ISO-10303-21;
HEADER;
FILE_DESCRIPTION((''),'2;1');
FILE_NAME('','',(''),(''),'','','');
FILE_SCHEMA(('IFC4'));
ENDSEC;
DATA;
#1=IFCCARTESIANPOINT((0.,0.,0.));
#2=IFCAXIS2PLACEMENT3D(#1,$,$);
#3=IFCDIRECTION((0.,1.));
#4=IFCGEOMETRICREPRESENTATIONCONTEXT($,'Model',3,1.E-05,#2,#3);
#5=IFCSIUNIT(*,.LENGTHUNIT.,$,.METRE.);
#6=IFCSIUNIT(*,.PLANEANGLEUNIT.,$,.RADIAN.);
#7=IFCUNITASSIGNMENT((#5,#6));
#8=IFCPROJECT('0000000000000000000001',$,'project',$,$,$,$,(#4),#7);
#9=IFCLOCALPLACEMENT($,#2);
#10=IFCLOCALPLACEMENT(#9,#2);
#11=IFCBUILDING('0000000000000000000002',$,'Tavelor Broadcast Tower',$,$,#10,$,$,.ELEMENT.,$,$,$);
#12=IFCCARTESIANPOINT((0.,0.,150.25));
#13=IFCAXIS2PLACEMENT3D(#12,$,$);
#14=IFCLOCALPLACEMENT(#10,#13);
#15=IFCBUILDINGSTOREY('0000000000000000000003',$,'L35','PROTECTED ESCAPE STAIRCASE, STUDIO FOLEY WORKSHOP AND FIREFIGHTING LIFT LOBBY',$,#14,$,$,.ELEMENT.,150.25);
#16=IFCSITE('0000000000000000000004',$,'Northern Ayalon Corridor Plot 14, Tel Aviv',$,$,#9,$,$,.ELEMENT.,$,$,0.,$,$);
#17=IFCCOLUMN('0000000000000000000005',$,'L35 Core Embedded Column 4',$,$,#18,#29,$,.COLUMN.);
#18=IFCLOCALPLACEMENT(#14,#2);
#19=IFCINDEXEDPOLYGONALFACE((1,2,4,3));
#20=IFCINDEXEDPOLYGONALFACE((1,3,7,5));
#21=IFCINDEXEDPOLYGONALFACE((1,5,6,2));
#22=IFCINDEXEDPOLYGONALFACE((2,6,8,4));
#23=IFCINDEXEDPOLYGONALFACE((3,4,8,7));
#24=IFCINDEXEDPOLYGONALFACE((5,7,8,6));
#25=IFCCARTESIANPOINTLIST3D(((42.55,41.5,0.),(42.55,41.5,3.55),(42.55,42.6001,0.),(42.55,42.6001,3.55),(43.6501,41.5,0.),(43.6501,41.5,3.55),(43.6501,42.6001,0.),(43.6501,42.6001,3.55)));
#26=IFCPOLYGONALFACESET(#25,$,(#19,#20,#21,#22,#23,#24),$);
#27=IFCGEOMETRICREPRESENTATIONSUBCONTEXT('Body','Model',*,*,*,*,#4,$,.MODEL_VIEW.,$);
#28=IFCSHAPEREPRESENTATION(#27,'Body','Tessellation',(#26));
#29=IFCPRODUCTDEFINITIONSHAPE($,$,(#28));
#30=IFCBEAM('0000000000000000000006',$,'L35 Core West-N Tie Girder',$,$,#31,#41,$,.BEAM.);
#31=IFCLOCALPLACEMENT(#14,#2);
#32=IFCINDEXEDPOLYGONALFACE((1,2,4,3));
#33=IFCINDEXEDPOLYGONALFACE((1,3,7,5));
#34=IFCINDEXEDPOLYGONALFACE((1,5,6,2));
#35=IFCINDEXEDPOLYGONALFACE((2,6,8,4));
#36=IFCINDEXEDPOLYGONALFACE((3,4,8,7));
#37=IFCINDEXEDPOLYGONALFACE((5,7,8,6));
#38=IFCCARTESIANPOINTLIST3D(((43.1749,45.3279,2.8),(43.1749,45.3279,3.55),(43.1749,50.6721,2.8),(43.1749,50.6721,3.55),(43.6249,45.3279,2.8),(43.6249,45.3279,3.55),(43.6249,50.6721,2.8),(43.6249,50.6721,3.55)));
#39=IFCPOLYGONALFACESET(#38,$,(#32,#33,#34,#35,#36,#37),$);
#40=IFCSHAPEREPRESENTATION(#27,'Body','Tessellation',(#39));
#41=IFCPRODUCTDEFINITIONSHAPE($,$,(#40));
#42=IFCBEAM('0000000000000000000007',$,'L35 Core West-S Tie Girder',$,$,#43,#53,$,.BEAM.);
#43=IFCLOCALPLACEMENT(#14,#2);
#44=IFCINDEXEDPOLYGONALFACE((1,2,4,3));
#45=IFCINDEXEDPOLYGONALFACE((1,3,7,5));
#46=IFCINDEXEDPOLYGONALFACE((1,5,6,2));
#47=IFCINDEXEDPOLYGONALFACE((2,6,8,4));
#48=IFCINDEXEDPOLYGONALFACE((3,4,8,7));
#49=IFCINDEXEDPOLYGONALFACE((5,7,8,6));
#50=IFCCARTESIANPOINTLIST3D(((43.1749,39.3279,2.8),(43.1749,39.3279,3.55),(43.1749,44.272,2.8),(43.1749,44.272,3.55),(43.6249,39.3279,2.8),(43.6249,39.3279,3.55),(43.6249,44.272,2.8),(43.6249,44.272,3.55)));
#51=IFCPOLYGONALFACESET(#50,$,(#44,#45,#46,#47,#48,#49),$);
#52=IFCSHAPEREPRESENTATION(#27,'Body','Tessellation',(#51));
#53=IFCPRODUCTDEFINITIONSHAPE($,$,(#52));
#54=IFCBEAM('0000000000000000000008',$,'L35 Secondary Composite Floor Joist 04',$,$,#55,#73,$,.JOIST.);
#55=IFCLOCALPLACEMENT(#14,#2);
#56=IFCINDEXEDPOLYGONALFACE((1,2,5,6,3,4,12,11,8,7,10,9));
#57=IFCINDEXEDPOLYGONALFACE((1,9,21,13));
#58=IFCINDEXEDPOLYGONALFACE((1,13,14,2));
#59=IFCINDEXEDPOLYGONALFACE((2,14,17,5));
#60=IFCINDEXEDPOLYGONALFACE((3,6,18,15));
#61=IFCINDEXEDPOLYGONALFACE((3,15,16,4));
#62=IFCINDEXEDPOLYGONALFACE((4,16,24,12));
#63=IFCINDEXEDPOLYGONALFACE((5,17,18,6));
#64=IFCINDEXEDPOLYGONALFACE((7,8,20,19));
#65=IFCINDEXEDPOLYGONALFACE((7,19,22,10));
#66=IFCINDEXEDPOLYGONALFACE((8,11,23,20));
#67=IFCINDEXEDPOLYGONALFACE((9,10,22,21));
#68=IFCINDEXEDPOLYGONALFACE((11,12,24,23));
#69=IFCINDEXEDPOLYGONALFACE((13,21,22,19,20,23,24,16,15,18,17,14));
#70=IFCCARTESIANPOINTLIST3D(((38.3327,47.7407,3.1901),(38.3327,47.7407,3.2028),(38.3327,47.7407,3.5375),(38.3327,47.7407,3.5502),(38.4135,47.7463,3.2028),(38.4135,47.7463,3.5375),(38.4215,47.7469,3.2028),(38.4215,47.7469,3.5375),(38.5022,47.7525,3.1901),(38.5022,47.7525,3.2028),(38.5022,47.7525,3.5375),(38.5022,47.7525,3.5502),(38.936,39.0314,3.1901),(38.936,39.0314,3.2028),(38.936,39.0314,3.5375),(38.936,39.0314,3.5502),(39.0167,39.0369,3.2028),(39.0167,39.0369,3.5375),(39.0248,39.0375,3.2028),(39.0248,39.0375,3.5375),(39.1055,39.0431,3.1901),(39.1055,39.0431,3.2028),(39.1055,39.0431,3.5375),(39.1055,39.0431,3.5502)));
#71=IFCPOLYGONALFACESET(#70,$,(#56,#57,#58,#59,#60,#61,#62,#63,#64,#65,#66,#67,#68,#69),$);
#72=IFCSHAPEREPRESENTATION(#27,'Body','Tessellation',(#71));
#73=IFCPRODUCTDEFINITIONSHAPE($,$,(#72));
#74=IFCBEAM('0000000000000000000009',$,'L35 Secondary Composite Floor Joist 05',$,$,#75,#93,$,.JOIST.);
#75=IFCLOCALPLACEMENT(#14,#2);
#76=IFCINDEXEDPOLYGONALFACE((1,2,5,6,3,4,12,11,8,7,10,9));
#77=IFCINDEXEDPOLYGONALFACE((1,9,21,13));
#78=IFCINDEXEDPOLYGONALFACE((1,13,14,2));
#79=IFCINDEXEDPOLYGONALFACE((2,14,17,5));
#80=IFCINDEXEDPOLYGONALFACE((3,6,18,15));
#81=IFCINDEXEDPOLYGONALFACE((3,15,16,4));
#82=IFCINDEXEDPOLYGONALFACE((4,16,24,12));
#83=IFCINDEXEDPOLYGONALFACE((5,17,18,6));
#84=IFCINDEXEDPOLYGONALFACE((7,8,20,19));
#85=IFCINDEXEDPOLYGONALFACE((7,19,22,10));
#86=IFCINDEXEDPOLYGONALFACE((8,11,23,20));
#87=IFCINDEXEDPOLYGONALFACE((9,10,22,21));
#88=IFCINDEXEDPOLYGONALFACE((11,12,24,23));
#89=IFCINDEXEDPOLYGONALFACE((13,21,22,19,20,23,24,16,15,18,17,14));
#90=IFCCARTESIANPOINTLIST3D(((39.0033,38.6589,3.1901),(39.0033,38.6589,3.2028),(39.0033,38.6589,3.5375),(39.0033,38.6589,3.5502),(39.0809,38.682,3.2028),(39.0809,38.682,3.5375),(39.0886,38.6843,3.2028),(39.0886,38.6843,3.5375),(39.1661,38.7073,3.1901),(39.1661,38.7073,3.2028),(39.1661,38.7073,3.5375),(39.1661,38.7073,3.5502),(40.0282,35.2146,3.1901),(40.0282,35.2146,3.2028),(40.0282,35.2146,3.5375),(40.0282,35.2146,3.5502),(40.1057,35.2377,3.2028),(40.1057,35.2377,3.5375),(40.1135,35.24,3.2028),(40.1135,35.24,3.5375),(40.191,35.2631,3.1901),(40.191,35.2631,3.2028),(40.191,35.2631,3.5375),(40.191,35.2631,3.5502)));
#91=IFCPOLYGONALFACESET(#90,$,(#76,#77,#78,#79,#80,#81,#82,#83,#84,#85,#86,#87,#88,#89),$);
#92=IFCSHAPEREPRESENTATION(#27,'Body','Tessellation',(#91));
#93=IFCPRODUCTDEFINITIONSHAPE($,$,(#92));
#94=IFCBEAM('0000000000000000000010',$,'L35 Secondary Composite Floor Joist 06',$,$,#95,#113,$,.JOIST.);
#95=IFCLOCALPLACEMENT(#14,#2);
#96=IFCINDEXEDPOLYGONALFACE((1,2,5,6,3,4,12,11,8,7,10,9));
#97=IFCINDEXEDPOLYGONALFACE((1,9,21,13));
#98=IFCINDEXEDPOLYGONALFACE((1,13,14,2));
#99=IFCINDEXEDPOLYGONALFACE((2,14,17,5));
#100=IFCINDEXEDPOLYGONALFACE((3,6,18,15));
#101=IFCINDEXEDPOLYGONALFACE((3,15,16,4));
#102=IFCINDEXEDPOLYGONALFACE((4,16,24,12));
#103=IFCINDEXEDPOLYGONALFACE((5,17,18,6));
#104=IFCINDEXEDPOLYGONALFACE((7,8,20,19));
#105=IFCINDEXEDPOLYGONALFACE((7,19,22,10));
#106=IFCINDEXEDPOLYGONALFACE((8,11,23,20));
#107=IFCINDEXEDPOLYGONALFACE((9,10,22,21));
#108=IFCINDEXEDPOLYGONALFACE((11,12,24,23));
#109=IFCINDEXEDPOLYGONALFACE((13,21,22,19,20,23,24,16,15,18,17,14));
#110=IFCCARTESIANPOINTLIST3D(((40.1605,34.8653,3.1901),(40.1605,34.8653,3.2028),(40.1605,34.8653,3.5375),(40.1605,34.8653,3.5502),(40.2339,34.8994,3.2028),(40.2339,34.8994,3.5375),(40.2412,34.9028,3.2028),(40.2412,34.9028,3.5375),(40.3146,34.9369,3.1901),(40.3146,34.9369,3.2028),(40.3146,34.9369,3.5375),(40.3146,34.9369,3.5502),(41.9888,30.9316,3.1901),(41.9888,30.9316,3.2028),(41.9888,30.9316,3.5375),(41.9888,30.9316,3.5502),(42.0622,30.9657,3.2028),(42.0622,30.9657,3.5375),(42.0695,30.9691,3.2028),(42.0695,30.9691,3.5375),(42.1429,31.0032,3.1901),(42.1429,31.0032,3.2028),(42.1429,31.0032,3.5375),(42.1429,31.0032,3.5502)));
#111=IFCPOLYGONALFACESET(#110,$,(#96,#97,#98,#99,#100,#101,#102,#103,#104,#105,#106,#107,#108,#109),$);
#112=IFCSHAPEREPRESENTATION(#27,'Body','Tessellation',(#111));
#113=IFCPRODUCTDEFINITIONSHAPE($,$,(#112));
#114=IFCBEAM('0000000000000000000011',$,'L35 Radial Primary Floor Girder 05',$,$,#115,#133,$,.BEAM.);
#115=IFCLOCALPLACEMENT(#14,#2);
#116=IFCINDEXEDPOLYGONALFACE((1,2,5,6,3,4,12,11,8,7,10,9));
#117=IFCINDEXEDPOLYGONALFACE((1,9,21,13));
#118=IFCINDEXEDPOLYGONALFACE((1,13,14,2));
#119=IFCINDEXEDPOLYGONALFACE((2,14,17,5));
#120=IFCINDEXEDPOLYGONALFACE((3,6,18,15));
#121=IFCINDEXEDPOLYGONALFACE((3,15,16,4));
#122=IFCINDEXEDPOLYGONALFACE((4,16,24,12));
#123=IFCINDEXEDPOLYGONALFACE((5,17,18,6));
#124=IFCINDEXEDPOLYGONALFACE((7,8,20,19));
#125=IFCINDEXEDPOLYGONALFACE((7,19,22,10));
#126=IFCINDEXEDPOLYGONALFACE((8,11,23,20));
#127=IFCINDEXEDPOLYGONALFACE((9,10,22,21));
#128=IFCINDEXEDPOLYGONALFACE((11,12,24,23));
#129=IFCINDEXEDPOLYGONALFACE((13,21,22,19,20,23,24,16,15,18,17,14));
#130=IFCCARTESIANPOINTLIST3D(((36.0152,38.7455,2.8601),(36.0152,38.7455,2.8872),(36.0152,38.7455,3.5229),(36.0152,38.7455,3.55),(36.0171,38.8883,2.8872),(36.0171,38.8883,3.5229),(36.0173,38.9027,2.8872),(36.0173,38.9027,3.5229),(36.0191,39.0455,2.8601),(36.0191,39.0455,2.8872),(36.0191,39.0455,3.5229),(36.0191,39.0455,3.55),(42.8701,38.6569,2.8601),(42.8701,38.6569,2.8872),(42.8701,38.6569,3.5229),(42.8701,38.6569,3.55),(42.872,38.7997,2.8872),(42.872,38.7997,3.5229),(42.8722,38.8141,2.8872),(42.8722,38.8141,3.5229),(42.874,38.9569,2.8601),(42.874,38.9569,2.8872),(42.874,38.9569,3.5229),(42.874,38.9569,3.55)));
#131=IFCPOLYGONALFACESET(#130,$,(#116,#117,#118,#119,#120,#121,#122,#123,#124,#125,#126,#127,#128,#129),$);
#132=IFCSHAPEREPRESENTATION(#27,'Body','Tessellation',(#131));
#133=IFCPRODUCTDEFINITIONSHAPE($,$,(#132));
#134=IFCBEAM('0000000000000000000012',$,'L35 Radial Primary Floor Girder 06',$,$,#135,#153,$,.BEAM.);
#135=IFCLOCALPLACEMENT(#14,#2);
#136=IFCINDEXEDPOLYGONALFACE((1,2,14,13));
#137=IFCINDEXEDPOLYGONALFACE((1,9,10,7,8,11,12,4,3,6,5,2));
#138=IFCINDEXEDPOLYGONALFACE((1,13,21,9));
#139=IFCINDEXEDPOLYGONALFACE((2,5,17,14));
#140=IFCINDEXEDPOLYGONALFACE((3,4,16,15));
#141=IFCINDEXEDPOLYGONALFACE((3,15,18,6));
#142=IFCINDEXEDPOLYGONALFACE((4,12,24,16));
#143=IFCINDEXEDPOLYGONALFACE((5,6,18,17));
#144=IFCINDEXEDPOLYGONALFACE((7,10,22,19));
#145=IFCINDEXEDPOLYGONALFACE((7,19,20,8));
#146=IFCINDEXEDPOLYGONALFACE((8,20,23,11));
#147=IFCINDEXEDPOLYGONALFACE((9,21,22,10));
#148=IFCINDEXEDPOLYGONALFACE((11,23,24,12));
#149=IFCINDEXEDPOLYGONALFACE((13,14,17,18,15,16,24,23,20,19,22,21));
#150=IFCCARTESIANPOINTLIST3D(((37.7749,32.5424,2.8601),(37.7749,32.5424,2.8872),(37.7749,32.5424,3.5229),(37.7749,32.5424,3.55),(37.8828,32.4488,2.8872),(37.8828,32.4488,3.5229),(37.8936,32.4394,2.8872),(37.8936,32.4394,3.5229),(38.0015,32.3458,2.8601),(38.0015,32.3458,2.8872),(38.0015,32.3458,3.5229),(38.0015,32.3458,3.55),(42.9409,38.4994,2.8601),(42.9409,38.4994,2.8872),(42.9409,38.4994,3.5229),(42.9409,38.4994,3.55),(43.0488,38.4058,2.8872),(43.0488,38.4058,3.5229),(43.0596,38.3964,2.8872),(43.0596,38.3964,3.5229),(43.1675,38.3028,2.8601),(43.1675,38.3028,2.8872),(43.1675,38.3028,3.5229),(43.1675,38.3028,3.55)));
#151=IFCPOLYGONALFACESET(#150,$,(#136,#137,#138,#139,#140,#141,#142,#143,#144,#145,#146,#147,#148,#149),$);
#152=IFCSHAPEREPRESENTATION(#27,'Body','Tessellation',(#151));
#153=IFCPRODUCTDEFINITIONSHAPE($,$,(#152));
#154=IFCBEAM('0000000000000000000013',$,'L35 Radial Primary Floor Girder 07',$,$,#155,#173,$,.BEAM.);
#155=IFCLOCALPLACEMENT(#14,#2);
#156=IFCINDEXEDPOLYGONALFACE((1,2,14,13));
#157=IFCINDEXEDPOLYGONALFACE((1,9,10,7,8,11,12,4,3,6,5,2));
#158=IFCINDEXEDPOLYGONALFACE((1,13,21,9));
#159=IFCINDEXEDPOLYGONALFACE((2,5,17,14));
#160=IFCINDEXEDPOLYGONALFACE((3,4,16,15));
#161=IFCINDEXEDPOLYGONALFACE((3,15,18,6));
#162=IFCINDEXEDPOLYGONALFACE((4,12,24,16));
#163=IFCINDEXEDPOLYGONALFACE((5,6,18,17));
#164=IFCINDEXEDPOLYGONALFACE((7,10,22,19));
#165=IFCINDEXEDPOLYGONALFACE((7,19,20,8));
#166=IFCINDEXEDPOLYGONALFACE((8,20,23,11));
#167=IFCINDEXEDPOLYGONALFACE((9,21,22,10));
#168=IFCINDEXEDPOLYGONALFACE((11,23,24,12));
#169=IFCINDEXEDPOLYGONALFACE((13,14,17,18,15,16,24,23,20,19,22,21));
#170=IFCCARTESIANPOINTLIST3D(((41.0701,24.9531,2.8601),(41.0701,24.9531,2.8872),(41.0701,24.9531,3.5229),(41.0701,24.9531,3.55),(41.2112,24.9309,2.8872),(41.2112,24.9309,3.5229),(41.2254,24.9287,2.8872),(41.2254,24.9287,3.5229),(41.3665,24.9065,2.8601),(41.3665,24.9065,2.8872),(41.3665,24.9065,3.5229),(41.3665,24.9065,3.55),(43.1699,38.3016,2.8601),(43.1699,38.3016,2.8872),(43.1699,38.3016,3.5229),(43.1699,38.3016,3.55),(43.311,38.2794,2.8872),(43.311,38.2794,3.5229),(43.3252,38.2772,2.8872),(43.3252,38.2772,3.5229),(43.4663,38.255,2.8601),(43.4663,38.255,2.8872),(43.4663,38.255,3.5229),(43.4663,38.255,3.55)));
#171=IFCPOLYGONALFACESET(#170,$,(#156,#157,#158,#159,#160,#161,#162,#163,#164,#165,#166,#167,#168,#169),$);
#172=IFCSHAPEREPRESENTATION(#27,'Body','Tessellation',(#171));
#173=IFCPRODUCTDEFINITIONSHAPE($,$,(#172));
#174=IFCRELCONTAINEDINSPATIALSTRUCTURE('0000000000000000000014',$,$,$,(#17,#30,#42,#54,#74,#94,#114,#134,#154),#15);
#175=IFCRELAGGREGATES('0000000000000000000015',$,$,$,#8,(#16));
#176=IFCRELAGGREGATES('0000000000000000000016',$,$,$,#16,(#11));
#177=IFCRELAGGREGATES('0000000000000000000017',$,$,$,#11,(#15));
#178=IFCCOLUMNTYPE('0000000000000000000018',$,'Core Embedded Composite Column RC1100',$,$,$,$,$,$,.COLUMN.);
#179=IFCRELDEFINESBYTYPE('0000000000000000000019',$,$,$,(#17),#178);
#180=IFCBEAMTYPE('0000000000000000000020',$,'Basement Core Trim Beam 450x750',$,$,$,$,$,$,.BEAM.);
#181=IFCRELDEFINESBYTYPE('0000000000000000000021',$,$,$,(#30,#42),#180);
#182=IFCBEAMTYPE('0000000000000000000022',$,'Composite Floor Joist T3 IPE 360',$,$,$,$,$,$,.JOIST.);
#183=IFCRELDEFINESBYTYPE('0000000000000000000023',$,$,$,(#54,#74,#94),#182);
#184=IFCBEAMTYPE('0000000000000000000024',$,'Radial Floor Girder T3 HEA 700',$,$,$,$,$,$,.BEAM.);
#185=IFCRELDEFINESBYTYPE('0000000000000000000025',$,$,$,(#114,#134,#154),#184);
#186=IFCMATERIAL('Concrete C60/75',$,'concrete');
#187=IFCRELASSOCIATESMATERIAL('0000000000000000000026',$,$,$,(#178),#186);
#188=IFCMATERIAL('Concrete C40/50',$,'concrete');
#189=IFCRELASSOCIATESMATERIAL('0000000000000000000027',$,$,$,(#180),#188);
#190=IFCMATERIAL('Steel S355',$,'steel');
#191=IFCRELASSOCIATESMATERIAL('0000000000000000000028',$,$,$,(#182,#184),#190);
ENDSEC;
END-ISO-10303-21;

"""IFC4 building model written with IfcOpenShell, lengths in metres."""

from ifc_helpers import new_model, si_unit, direction, frame, origin, origin_2d, place, context, subcontext, project, spatial, rectangle, i_section, extrude, material, material_profile, profile_set, type_object, element, save


model = new_model("IFC4")

# Units and contexts
model_context = context("Model", 3, precision=1e-05, world=origin(), true_north=direction((0.0, 1.0)))
body_context = subcontext(model_context, "Body", "Model", "MODEL_VIEW")
ifc_project = project(units=[si_unit("LENGTHUNIT", "METRE"), si_unit("PLANEANGLEUNIT", "RADIAN")], contexts=[model_context])

# Site, building, storey
site_placement = place(None, origin())
site = spatial("IfcSite", under=ifc_project, at=site_placement, Name="Northern Ayalon Corridor Plot 14, Tel Aviv", CompositionType="ELEMENT", RefElevation=0.0)
building_placement = place(site_placement, origin())
building = spatial("IfcBuilding", under=site, at=building_placement, Name="Tavelor Broadcast Tower", CompositionType="ELEMENT")
storey_placement = place(building_placement, frame((0.0, 0.0, 150.25)))
storey = spatial("IfcBuildingStorey", under=building, at=storey_placement, Name="L35", Description="PROTECTED ESCAPE STAIRCASE, STUDIO FOLEY WORKSHOP AND FIREFIGHTING LIFT LOBBY", CompositionType="ELEMENT", Elevation=150.25)

# Column
ifc_material_1 = material(Name="Concrete C60/75", Category="concrete")
ifc_material_profile_1 = material_profile(ifc_material_1, rectangle(XDim=1.1001, YDim=1.1001, at=origin_2d()), Name="RC 1100x1100")
ifc_profile_set_1 = profile_set([ifc_material_profile_1], Name="Concrete C60/75")
column_type = type_object("IfcColumnType", Name="Core Embedded Composite Column RC1100", PredefinedType="COLUMN", material=ifc_profile_set_1)
column_placement = place(storey_placement, frame((43.1001, 42.05, 0.0), z_axis=(0.0, 0.0, 1.0), x_axis=(1.0, 0.0, 0.0)))
element("IfcColumn", 1, at=column_placement, inside=storey, type_object=column_type, Name="L35 Core Embedded Column 4", PredefinedType="COLUMN", context=body_context, shape_type="SweptSolid", body=[
    extrude(rectangle(XDim=1.1001, YDim=1.1001, at=origin_2d()), origin(), (0.0, 0.0, 1.0), 3.55),
])

# Beams
ifc_material_2 = material(Name="Concrete C40/50", Category="concrete")
ifc_material_profile_2 = material_profile(ifc_material_2, rectangle(XDim=0.45, YDim=0.75, at=origin_2d()), Name="RC 450x750")
ifc_profile_set_2 = profile_set([ifc_material_profile_2], Name="Concrete C40/50")
beam_type_1 = type_object("IfcBeamType", Name="Basement Core Trim Beam 450x750", PredefinedType="BEAM", material=ifc_profile_set_2)
beam_1_placement = place(storey_placement, frame((43.3999, 45.3279, 3.175), z_axis=(0.0, 1.0, 0.0), x_axis=(-1.0, 0.0, 0.0)))
element("IfcBeam", 2, at=beam_1_placement, inside=storey, type_object=beam_type_1, Name="L35 Core West-N Tie Girder", PredefinedType="BEAM", context=body_context, shape_type="SweptSolid", body=[
    extrude(rectangle(XDim=0.45, YDim=0.75, at=origin_2d()), origin(), (0.0, 0.0, 1.0), 5.3442),
])
beam_2_placement = place(storey_placement, frame((43.3999, 39.3279, 3.175), z_axis=(0.0, 1.0, 0.0), x_axis=(-1.0, 0.0, 0.0)))
element("IfcBeam", 3, at=beam_2_placement, inside=storey, type_object=beam_type_1, Name="L35 Core West-S Tie Girder", PredefinedType="BEAM", context=body_context, shape_type="SweptSolid", body=[
    extrude(rectangle(XDim=0.45, YDim=0.75, at=origin_2d()), origin(), (0.0, 0.0, 1.0), 4.9441),
])
ifc_material_3 = material(Name="Steel S355", Category="steel")
ifc_material_profile_3 = material_profile(ifc_material_3, i_section(OverallWidth=0.1699, OverallDepth=0.3601, WebThickness=0.0081, FlangeThickness=0.0127, at=origin_2d()), Name="IPE 360")
ifc_profile_set_3 = profile_set([ifc_material_profile_3], Name="Steel S355")
beam_type_2 = type_object("IfcBeamType", Name="Composite Floor Joist T3 IPE 360", PredefinedType="JOIST", material=ifc_profile_set_3)
beam_3_placement = place(storey_placement, frame((38.4175, 47.7466, 3.3701), z_axis=(0.069101, -0.99761, 0.0), x_axis=(0.99761, 0.069101, 0.0)))
element("IfcBeam", 4, at=beam_3_placement, inside=storey, type_object=beam_type_2, Name="L35 Secondary Composite Floor Joist 04", PredefinedType="JOIST", context=body_context, shape_type="SweptSolid", body=[
    extrude(i_section(OverallWidth=0.1699, OverallDepth=0.3601, WebThickness=0.0081, FlangeThickness=0.0127, at=origin_2d()), origin(), (0.0, 0.0, 1.0), 8.7302),
])
beam_4_placement = place(storey_placement, frame((39.0847, 38.6831, 3.3701), z_axis=(0.285203, -0.958467, 0.0), x_axis=(0.958467, 0.285203, 0.0)))
element("IfcBeam", 5, at=beam_4_placement, inside=storey, type_object=beam_type_2, Name="L35 Secondary Composite Floor Joist 05", PredefinedType="JOIST", context=body_context, shape_type="SweptSolid", body=[
    extrude(i_section(OverallWidth=0.1699, OverallDepth=0.3601, WebThickness=0.0081, FlangeThickness=0.0127, at=origin_2d()), origin(), (0.0, 0.0, 1.0), 3.5935),
])
beam_5_placement = place(storey_placement, frame((40.2375, 34.9011, 3.3701), z_axis=(0.42148, -0.906838, 0.0), x_axis=(0.906838, 0.42148, 0.0)))
element("IfcBeam", 6, at=beam_5_placement, inside=storey, type_object=beam_type_2, Name="L35 Secondary Composite Floor Joist 06", PredefinedType="JOIST", context=body_context, shape_type="SweptSolid", body=[
    extrude(i_section(OverallWidth=0.1699, OverallDepth=0.3601, WebThickness=0.0081, FlangeThickness=0.0127, at=origin_2d()), origin(), (0.0, 0.0, 1.0), 4.3379),
])
ifc_material_profile_4 = material_profile(ifc_material_3, i_section(OverallWidth=0.3, OverallDepth=0.6899, WebThickness=0.0144, FlangeThickness=0.0271, at=origin_2d()), Name="HEA 700")
ifc_profile_set_4 = profile_set([ifc_material_profile_4], Name="Steel S355")
beam_type_3 = type_object("IfcBeamType", Name="Radial Floor Girder T3 HEA 700", PredefinedType="BEAM", material=ifc_profile_set_4)
beam_6_placement = place(storey_placement, frame((42.8721, 38.8069, 3.2051), z_axis=(-0.999916, 0.012927, 0.0), x_axis=(-0.012927, -0.999916, 0.0)))
element("IfcBeam", 7, at=beam_6_placement, inside=storey, type_object=beam_type_3, Name="L35 Radial Primary Floor Girder 05", PredefinedType="BEAM", context=body_context, shape_type="SweptSolid", body=[
    extrude(i_section(OverallWidth=0.3, OverallDepth=0.6899, WebThickness=0.0144, FlangeThickness=0.0271, at=origin_2d()), origin(), (0.0, 0.0, 1.0), 6.8555),
])
beam_7_placement = place(storey_placement, frame((43.0542, 38.4011, 3.2051), z_axis=(-0.655166, -0.755485, 0.0), x_axis=(0.755485, -0.655166, 0.0)))
element("IfcBeam", 8, at=beam_7_placement, inside=storey, type_object=beam_type_3, Name="L35 Radial Primary Floor Girder 06", PredefinedType="BEAM", context=body_context, shape_type="SweptSolid", body=[
    extrude(i_section(OverallWidth=0.3, OverallDepth=0.6899, WebThickness=0.0144, FlangeThickness=0.0271, at=origin_2d()), origin(), (0.0, 0.0, 1.0), 7.885),
])
beam_8_placement = place(storey_placement, frame((43.3181, 38.2783, 3.2051), z_axis=(-0.155398, -0.987852, 0.0), x_axis=(0.987852, -0.155398, 0.0)))
element("IfcBeam", 9, at=beam_8_placement, inside=storey, type_object=beam_type_3, Name="L35 Radial Primary Floor Girder 07", PredefinedType="BEAM", context=body_context, shape_type="SweptSolid", body=[
    extrude(i_section(OverallWidth=0.3, OverallDepth=0.6899, WebThickness=0.0144, FlangeThickness=0.0271, at=origin_2d()), origin(), (0.0, 0.0, 1.0), 13.5127),
])

save(model, "model.ifc")
